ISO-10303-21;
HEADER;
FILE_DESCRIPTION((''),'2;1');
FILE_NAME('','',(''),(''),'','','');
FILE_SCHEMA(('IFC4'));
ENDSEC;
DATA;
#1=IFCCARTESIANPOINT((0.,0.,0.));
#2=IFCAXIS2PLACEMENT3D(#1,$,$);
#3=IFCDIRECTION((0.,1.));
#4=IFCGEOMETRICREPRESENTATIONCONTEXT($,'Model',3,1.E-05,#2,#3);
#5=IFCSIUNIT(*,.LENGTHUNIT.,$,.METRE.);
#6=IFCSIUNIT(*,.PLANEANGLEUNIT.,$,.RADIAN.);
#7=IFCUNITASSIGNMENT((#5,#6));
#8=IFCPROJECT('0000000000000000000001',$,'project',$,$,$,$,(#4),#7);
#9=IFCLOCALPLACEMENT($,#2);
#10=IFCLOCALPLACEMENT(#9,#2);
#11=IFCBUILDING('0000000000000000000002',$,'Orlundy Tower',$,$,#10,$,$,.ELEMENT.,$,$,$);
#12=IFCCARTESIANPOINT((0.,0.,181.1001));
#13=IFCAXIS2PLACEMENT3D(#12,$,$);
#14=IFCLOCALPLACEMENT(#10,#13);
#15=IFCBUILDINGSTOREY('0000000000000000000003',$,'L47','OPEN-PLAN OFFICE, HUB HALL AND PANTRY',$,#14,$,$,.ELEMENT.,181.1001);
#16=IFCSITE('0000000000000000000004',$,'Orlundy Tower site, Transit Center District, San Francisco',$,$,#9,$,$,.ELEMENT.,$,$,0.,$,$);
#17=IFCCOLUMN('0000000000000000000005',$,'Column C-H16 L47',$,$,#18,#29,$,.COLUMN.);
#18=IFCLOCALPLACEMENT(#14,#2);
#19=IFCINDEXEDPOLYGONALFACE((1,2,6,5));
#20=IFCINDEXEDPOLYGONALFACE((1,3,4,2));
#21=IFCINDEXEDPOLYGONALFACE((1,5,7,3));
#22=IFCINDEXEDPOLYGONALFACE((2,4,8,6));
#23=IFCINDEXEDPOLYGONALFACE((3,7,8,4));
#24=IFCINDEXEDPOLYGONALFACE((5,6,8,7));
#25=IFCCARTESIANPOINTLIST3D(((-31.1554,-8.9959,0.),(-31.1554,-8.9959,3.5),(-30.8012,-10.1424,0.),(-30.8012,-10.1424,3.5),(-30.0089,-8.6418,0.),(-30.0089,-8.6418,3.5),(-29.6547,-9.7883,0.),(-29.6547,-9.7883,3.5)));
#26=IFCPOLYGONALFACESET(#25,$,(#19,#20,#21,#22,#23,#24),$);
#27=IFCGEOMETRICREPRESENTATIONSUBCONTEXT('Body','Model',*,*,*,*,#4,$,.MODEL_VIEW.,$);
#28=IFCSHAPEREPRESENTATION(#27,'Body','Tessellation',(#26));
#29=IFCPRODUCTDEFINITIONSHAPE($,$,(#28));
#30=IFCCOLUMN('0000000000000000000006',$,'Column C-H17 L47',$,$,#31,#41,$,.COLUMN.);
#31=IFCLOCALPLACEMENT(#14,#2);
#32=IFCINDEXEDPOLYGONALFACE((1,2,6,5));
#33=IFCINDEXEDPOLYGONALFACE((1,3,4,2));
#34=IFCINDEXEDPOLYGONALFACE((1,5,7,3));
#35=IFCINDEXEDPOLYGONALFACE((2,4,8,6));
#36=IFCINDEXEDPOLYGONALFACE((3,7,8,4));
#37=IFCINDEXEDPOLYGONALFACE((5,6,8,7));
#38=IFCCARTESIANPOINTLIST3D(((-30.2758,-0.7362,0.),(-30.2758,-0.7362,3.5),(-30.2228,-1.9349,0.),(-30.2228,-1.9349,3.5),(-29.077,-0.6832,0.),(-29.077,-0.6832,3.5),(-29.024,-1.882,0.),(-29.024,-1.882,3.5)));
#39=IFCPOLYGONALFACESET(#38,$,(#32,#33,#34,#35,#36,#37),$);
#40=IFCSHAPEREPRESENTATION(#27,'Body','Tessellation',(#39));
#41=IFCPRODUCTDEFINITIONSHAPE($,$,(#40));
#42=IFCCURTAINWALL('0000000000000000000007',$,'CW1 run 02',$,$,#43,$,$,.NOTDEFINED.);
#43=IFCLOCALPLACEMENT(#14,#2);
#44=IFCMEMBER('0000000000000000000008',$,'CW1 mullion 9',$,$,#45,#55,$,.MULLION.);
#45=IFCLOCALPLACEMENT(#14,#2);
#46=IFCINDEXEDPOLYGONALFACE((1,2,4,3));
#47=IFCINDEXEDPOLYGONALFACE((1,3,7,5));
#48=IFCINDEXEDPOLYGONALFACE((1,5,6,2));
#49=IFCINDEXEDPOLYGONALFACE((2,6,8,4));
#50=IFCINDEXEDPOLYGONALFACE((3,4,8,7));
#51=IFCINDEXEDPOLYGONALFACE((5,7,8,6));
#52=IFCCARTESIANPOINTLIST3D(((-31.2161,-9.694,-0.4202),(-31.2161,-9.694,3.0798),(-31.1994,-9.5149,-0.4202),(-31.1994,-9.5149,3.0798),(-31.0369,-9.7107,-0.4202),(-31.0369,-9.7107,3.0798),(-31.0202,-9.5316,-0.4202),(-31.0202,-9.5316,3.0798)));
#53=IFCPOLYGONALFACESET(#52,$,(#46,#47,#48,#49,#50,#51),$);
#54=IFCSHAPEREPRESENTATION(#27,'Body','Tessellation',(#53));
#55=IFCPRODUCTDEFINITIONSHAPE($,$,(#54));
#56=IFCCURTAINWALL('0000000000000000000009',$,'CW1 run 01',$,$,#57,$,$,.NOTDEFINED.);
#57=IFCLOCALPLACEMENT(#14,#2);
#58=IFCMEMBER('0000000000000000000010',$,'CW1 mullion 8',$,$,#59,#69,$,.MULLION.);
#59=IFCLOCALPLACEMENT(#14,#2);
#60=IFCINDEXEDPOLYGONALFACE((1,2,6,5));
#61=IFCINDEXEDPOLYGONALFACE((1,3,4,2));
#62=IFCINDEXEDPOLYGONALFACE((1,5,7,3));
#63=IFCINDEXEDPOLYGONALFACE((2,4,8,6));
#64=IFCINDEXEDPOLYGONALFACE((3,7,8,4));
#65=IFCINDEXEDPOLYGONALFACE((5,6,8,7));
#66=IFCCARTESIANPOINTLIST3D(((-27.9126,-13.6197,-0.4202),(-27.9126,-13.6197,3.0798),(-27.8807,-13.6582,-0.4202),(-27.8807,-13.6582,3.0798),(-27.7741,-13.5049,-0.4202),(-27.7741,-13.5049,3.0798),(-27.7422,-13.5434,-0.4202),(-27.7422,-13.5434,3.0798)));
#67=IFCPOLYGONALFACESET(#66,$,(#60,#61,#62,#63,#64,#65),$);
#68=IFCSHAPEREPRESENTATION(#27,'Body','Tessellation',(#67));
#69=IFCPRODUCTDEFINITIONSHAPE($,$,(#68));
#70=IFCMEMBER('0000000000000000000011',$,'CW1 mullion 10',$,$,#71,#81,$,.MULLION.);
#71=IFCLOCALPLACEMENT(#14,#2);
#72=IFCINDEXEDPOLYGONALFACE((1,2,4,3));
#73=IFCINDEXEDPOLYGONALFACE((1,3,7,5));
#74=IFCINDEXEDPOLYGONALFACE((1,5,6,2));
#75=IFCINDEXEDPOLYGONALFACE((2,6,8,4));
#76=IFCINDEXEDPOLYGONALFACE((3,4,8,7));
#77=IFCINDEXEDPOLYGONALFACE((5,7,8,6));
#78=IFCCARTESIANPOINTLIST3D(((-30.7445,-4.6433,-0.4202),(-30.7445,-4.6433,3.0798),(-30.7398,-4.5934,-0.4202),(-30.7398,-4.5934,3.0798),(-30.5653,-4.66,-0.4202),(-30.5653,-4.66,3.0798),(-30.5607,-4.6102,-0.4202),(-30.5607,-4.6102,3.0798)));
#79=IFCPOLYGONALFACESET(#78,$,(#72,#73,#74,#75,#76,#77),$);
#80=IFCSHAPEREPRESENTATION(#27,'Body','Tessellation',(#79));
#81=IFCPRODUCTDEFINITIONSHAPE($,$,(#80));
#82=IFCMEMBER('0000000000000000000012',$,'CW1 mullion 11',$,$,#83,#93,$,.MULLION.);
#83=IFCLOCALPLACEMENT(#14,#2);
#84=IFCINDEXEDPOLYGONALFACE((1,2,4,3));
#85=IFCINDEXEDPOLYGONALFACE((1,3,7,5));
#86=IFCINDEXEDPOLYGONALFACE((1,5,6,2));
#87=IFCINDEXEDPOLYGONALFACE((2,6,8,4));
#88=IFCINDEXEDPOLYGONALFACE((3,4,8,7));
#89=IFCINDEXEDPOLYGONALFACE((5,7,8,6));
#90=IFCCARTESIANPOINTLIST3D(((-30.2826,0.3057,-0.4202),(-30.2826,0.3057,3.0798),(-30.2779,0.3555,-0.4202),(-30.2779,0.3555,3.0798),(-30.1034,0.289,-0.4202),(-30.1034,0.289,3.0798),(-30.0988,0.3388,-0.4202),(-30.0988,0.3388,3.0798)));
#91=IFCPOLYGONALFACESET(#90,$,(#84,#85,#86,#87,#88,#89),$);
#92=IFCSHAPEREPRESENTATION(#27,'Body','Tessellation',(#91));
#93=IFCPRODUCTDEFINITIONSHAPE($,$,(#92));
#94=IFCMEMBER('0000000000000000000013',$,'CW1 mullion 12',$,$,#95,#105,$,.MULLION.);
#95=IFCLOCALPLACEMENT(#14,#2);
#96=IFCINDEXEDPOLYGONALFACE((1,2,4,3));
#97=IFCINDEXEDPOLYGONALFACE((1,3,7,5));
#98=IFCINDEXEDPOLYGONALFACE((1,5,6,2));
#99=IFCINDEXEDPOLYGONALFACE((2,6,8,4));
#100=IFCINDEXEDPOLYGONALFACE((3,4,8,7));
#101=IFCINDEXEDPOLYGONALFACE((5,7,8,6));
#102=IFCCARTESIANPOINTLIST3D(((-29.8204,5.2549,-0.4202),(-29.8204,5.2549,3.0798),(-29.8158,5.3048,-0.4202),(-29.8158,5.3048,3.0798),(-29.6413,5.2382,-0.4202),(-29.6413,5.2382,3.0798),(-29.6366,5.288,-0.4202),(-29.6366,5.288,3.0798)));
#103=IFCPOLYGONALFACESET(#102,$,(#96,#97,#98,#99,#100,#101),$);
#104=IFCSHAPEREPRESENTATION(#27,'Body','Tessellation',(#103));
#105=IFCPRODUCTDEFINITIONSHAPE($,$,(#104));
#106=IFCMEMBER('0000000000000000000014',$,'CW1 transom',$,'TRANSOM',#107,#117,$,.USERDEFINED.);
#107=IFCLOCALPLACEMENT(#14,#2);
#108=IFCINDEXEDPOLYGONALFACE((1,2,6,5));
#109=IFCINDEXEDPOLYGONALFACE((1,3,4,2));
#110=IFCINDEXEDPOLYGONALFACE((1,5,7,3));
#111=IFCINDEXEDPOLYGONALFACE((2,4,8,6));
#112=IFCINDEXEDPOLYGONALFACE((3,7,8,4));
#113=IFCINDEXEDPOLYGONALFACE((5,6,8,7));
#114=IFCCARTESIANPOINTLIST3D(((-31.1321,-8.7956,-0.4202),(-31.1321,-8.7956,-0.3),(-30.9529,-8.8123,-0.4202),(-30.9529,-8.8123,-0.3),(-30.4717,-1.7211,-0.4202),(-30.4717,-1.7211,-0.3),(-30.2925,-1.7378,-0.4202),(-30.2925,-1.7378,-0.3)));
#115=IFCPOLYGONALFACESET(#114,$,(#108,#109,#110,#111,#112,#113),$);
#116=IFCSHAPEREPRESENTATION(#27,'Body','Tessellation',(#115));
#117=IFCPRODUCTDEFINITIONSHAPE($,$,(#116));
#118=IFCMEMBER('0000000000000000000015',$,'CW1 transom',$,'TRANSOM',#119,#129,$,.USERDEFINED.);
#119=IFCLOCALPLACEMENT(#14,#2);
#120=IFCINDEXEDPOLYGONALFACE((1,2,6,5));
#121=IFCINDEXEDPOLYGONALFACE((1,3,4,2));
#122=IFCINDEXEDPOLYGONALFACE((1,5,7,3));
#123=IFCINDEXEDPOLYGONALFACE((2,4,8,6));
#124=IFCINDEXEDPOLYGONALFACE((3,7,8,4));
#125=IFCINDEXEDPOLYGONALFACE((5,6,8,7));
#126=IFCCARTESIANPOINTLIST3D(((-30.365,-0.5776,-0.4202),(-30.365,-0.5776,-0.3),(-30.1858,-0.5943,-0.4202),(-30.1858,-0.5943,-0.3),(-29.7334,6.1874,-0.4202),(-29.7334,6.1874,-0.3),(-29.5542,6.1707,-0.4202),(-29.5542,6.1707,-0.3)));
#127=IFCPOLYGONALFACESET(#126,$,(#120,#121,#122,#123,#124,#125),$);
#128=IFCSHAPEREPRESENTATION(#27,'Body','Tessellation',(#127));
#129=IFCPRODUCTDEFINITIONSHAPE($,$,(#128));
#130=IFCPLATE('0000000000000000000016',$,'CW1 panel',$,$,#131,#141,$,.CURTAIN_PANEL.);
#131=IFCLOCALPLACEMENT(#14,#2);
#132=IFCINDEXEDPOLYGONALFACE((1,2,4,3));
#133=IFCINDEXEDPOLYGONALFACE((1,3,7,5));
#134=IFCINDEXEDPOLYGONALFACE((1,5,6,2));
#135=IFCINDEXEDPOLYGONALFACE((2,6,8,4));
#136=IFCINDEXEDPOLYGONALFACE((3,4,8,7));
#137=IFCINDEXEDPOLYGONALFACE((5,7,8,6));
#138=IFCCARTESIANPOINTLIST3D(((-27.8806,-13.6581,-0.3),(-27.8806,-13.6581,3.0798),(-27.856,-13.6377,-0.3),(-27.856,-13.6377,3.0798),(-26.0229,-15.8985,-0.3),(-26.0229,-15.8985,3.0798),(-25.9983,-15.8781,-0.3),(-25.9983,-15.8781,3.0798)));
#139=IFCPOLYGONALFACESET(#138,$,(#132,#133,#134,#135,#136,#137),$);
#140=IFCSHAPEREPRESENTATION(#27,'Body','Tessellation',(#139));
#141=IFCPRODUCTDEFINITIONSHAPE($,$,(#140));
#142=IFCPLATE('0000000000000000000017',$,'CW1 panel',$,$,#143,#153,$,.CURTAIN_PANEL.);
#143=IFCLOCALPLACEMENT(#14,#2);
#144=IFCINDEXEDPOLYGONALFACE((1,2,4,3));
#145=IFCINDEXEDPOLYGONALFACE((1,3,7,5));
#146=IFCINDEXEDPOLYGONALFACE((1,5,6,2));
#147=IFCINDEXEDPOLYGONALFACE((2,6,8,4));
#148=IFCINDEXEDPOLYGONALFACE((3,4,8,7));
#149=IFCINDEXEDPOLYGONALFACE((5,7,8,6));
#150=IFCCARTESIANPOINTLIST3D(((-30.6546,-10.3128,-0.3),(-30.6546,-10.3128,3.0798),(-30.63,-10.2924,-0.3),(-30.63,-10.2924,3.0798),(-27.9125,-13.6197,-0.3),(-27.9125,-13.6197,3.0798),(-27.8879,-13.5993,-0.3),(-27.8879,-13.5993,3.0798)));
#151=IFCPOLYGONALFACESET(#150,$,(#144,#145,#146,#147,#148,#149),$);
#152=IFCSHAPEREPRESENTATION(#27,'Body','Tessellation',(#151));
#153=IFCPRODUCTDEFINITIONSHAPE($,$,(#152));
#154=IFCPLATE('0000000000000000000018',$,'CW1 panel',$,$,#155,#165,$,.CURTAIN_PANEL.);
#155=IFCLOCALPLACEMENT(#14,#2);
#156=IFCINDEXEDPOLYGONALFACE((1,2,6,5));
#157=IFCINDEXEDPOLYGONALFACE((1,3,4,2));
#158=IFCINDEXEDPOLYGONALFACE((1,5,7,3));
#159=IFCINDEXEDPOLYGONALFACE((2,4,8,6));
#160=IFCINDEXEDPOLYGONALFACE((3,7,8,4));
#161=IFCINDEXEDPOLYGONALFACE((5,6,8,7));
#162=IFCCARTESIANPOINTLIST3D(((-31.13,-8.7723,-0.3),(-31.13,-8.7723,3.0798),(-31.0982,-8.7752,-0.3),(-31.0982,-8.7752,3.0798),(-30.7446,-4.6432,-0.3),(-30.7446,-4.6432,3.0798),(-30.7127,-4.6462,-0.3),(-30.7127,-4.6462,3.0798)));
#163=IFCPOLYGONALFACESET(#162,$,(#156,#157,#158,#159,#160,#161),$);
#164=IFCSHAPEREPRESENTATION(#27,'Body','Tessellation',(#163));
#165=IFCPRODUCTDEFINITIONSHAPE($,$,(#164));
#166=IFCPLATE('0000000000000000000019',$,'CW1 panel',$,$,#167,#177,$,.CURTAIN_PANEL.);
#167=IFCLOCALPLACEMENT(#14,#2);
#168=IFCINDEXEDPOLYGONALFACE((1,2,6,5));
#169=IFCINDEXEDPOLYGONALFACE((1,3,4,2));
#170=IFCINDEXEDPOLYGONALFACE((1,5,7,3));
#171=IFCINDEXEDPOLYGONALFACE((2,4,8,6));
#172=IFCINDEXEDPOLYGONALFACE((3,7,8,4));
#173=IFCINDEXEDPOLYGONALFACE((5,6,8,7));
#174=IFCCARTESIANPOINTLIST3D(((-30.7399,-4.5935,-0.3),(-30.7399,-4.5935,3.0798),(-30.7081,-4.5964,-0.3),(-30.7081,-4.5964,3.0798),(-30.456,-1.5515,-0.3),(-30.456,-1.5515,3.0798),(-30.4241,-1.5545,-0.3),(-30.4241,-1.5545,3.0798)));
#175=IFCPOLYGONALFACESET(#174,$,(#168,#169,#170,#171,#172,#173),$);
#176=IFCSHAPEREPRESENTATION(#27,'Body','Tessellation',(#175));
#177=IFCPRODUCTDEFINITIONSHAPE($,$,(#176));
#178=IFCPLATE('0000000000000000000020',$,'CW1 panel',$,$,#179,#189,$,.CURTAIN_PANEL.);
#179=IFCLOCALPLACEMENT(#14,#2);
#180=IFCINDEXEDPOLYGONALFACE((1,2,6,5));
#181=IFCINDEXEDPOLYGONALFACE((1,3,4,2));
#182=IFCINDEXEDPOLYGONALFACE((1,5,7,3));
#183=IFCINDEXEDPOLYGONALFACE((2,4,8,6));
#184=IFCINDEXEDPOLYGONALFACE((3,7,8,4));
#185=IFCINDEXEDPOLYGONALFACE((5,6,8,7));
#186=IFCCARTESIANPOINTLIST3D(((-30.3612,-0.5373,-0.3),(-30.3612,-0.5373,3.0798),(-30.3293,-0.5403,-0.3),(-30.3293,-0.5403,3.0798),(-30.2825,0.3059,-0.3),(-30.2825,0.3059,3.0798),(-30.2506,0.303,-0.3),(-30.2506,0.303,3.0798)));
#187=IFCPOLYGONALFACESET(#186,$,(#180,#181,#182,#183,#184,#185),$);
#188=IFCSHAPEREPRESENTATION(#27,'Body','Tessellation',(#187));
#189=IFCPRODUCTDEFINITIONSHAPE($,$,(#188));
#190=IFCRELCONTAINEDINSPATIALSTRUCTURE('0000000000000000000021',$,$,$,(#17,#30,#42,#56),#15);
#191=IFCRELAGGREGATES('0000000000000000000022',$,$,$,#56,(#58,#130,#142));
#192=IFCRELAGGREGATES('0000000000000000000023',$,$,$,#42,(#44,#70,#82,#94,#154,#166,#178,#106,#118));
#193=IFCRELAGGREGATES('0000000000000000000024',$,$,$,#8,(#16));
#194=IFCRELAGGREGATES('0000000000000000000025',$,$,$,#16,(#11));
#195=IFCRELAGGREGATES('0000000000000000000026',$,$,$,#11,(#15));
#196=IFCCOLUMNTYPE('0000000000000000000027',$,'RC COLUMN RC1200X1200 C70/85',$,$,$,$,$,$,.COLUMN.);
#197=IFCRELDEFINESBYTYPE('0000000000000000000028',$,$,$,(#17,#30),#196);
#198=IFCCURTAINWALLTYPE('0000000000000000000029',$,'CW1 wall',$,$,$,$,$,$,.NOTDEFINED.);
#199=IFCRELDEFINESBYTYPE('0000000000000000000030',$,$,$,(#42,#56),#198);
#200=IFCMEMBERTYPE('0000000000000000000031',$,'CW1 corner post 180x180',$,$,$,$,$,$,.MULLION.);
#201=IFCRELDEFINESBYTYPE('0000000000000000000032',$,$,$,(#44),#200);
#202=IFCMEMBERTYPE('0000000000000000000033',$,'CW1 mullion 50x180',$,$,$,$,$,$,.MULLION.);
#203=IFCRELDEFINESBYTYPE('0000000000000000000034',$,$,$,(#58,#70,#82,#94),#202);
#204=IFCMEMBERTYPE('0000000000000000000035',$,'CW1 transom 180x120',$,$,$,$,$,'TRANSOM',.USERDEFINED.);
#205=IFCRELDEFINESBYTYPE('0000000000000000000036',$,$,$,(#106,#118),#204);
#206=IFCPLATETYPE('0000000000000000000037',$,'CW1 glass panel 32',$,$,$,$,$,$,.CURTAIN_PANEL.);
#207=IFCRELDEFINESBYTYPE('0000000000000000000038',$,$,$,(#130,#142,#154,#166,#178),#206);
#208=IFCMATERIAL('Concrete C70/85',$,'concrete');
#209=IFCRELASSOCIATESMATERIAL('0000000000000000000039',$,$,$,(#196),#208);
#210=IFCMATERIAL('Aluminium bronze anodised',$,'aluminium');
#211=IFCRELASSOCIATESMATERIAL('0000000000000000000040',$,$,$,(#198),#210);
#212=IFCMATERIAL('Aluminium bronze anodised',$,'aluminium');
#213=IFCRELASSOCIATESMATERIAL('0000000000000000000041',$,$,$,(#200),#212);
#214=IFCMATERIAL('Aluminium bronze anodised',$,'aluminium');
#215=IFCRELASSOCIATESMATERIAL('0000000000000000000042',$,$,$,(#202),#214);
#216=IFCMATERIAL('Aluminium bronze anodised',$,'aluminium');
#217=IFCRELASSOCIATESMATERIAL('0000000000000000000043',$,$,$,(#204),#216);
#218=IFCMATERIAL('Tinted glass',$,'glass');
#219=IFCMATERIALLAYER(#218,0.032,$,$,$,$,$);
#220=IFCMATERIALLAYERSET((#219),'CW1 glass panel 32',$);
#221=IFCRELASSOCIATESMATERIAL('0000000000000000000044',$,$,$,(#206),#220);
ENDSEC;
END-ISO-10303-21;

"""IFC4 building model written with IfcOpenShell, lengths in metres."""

from ifc_helpers import new_model, si_unit, direction, frame, origin, origin_2d, place, context, subcontext, project, spatial, rectangle, extrude, material, layer, layer_set, material_profile, profile_set, type_object, element, aggregate, save


model = new_model("IFC4")

# Units and contexts
model_context = context("Model", 3, precision=1e-05, world=origin(), true_north=direction((0.0, 1.0)))
body_context = subcontext(model_context, "Body", "Model", "MODEL_VIEW")
ifc_project = project(units=[si_unit("LENGTHUNIT", "METRE"), si_unit("PLANEANGLEUNIT", "RADIAN")], contexts=[model_context])

# Site, building, storey
site_placement = place(None, origin())
site = spatial("IfcSite", under=ifc_project, at=site_placement, Name="Orlundy Tower site, Transit Center District, San Francisco", CompositionType="ELEMENT", RefElevation=0.0)
building_placement = place(site_placement, origin())
building = spatial("IfcBuilding", under=site, at=building_placement, Name="Orlundy Tower", CompositionType="ELEMENT")
storey_placement = place(building_placement, frame((0.0, 0.0, 181.1001)))
storey = spatial("IfcBuildingStorey", under=building, at=storey_placement, Name="L47", Description="OPEN-PLAN OFFICE, HUB HALL AND PANTRY", CompositionType="ELEMENT", Elevation=181.1001)

# Columns
ifc_material_1 = material(Name="Concrete C70/85", Category="concrete")
ifc_material_profile_1 = material_profile(ifc_material_1, rectangle(XDim=1.2, YDim=1.2, at=origin_2d()), Name="RC1200X1200")
ifc_profile_set_1 = profile_set([ifc_material_profile_1], Name="Concrete C70/85")
column_type = type_object("IfcColumnType", Name="RC COLUMN RC1200X1200 C70/85", PredefinedType="COLUMN", material=ifc_profile_set_1)
for number, where, z_axis, x_axis, name in (
    (1, (-30.405, -9.3921, 0.0), (0.0, 0.0, 1.0), (-0.955454, -0.295141, 0.0), "Column C-H16 L47"),
    (2, (-29.6499, -1.3091, 0.0), (0.0, 0.0, 1.0), (-0.999027, -0.044108, 0.0), "Column C-H17 L47"),
):
    element("IfcColumn", number, at=place(storey_placement, frame(where, z_axis=z_axis, x_axis=x_axis)), inside=storey, type_object=column_type, Name=name, PredefinedType="COLUMN", context=body_context, shape_type="SweptSolid", body=[
        extrude(rectangle(XDim=1.2, YDim=1.2, at=origin_2d()), origin(), (0.0, 0.0, 1.0), 3.5),
    ])

# Curtain walls, members
ifc_material_2 = material(Name="Aluminium bronze anodised", Category="aluminium")
curtain_wall_type = type_object("IfcCurtainWallType", Name="CW1 wall", PredefinedType="NOTDEFINED", material=ifc_material_2)
curtain_wall_1_placement = place(storey_placement, origin())
curtain_wall_1 = element("IfcCurtainWall", 3, at=curtain_wall_1_placement, inside=storey, type_object=curtain_wall_type, Name="CW1 run 02", PredefinedType="NOTDEFINED")
ifc_material_3 = material(Name="Aluminium bronze anodised", Category="aluminium")
ifc_material_profile_2 = material_profile(ifc_material_3, rectangle(XDim=0.1799, YDim=0.1799, at=origin_2d()), Name="CW1 corner post 180x180")
ifc_profile_set_2 = profile_set([ifc_material_profile_2], Name="Aluminium bronze anodised")
member_type_1 = type_object("IfcMemberType", Name="CW1 corner post 180x180", PredefinedType="MULLION", material=ifc_profile_set_2)
member_1_placement = place(storey_placement, frame((-31.1182, -9.6128, -0.4202), z_axis=(0.0, 0.0, 1.0), x_axis=(-0.995671, 0.092948, 0.0)))
member_1 = element("IfcMember", 4, at=member_1_placement, type_object=member_type_1, Name="CW1 mullion 9", PredefinedType="MULLION", context=body_context, shape_type="SweptSolid", body=[
    extrude(rectangle(XDim=0.1799, YDim=0.1799, at=origin_2d()), origin(), (0.0, 0.0, 1.0), 3.5),
])
curtain_wall_2_placement = place(storey_placement, origin())
curtain_wall_2 = element("IfcCurtainWall", 5, at=curtain_wall_2_placement, inside=storey, type_object=curtain_wall_type, Name="CW1 run 01", PredefinedType="NOTDEFINED")
ifc_material_4 = material(Name="Aluminium bronze anodised", Category="aluminium")
ifc_material_profile_3 = material_profile(ifc_material_4, rectangle(XDim=0.1799, YDim=0.05, at=origin_2d()), Name="CW1 mullion 50x180")
ifc_profile_set_3 = profile_set([ifc_material_profile_3], Name="Aluminium bronze anodised")
member_type_2 = type_object("IfcMemberType", Name="CW1 mullion 50x180", PredefinedType="MULLION", material=ifc_profile_set_3)
member_2_placement = place(storey_placement, frame((-27.8274, -13.5815, -0.4202), z_axis=(0.0, 0.0, 1.0), x_axis=(-0.769788, -0.638299, 0.0)))
member_2 = element("IfcMember", 6, at=member_2_placement, type_object=member_type_2, Name="CW1 mullion 8", PredefinedType="MULLION", context=body_context, shape_type="SweptSolid", body=[
    extrude(rectangle(XDim=0.1799, YDim=0.05, at=origin_2d()), origin(), (0.0, 0.0, 1.0), 3.5),
])

# Members
member_3_placement = place(storey_placement, frame((-30.6526, -4.6267, -0.4202), z_axis=(0.0, 0.0, 1.0), x_axis=(-0.995671, 0.092948, 0.0)))
member_3 = element("IfcMember", 7, at=member_3_placement, type_object=member_type_2, Name="CW1 mullion 10", PredefinedType="MULLION", context=body_context, shape_type="SweptSolid", body=[
    extrude(rectangle(XDim=0.1799, YDim=0.05, at=origin_2d()), origin(), (0.0, 0.0, 1.0), 3.5),
])
member_4_placement = place(storey_placement, frame((-30.1907, 0.3223, -0.4202), z_axis=(0.0, 0.0, 1.0), x_axis=(-0.995671, 0.092948, 0.0)))
member_4 = element("IfcMember", 8, at=member_4_placement, type_object=member_type_2, Name="CW1 mullion 11", PredefinedType="MULLION", context=body_context, shape_type="SweptSolid", body=[
    extrude(rectangle(XDim=0.1799, YDim=0.05, at=origin_2d()), origin(), (0.0, 0.0, 1.0), 3.5),
])
member_5_placement = place(storey_placement, frame((-29.7285, 5.2715, -0.4202), z_axis=(0.0, 0.0, 1.0), x_axis=(-0.995671, 0.092948, 0.0)))
member_5 = element("IfcMember", 9, at=member_5_placement, type_object=member_type_2, Name="CW1 mullion 12", PredefinedType="MULLION", context=body_context, shape_type="SweptSolid", body=[
    extrude(rectangle(XDim=0.1799, YDim=0.05, at=origin_2d()), origin(), (0.0, 0.0, 1.0), 3.5),
])
ifc_material_5 = material(Name="Aluminium bronze anodised", Category="aluminium")
ifc_material_profile_4 = material_profile(ifc_material_5, rectangle(XDim=0.1799, YDim=0.1201, at=origin_2d()), Name="CW1 transom 180x120")
ifc_profile_set_4 = profile_set([ifc_material_profile_4], Name="Aluminium bronze anodised")
member_type_3 = type_object("IfcMemberType", Name="CW1 transom 180x120", ElementType="TRANSOM", PredefinedType="USERDEFINED", material=ifc_profile_set_4)
member_6_placement = place(storey_placement, frame((-31.0425, -8.804, -0.3601), z_axis=(0.092946, 0.995671, 0.0), x_axis=(-0.995671, 0.092946, 0.0)))
member_6 = element("IfcMember", 10, at=member_6_placement, type_object=member_type_3, Name="CW1 transom", ObjectType="TRANSOM", PredefinedType="USERDEFINED", context=body_context, shape_type="SweptSolid", body=[
    extrude(rectangle(XDim=0.1799, YDim=0.1201, at=origin_2d()), origin(), (0.0, 0.0, 1.0), 7.1052),
])
member_7_placement = place(storey_placement, frame((-30.2754, -0.5859, -0.3601), z_axis=(0.092956, 0.99567, 0.0), x_axis=(-0.99567, 0.092956, 0.0)))
member_7 = element("IfcMember", 11, at=member_7_placement, type_object=member_type_3, Name="CW1 transom", ObjectType="TRANSOM", PredefinedType="USERDEFINED", context=body_context, shape_type="SweptSolid", body=[
    extrude(rectangle(XDim=0.1799, YDim=0.1201, at=origin_2d()), origin(), (0.0, 0.0, 1.0), 6.7944),
])

# Plates
ifc_material_6 = material(Name="Tinted glass", Category="glass")
ifc_layer_1 = layer(ifc_material_6, 0.032)
ifc_layer_set_1 = layer_set([ifc_layer_1], Name="CW1 glass panel 32")
plate_type = type_object("IfcPlateType", Name="CW1 glass panel 32", PredefinedType="CURTAIN_PANEL", material=ifc_layer_set_1)
plate_1_placement = place(storey_placement, frame((-26.9395, -14.7681, -0.3), z_axis=(0.0, 0.0, 1.0), x_axis=(-0.638299, 0.769788, 0.0)))
plate_1 = element("IfcPlate", 12, at=plate_1_placement, type_object=plate_type, Name="CW1 panel", PredefinedType="CURTAIN_PANEL", context=body_context, shape_type="SweptSolid", body=[
    extrude(rectangle(XDim=2.9104, YDim=0.032, at=origin_2d()), origin(), (0.0, 0.0, 1.0), 3.3799),
])
plate_2_placement = place(storey_placement, frame((-29.2712, -11.9561, -0.3), z_axis=(0.0, 0.0, 1.0), x_axis=(-0.638299, 0.769788, 0.0)))
plate_2 = element("IfcPlate", 13, at=plate_2_placement, type_object=plate_type, Name="CW1 panel", PredefinedType="CURTAIN_PANEL", context=body_context, shape_type="SweptSolid", body=[
    extrude(rectangle(XDim=4.2959, YDim=0.032, at=origin_2d()), origin(), (0.0, 0.0, 1.0), 3.3799),
])
aggregate(curtain_wall_2, [member_2, plate_1, plate_2])
plate_3_placement = place(storey_placement, frame((-30.9214, -6.7092, -0.3), z_axis=(0.0, 0.0, 1.0), x_axis=(0.092948, 0.995671, 0.0)))
plate_3 = element("IfcPlate", 14, at=plate_3_placement, type_object=plate_type, Name="CW1 panel", PredefinedType="CURTAIN_PANEL", context=body_context, shape_type="SweptSolid", body=[
    extrude(rectangle(XDim=4.147, YDim=0.032, at=origin_2d()), origin(), (0.0, 0.0, 1.0), 3.3799),
])
plate_4_placement = place(storey_placement, frame((-30.582, -3.074, -0.3), z_axis=(0.0, 0.0, 1.0), x_axis=(0.092948, 0.995671, 0.0)))
plate_4 = element("IfcPlate", 15, at=plate_4_placement, type_object=plate_type, Name="CW1 panel", PredefinedType="CURTAIN_PANEL", context=body_context, shape_type="SweptSolid", body=[
    extrude(rectangle(XDim=3.0552, YDim=0.032, at=origin_2d()), origin(), (0.0, 0.0, 1.0), 3.3799),
])
plate_5_placement = place(storey_placement, frame((-30.3059, -0.1172, -0.3), z_axis=(0.0, 0.0, 1.0), x_axis=(0.092948, 0.995671, 0.0)))
plate_5 = element("IfcPlate", 16, at=plate_5_placement, type_object=plate_type, Name="CW1 panel", PredefinedType="CURTAIN_PANEL", context=body_context, shape_type="SweptSolid", body=[
    extrude(rectangle(XDim=0.8469, YDim=0.032, at=origin_2d()), origin(), (0.0, 0.0, 1.0), 3.3799),
])
aggregate(curtain_wall_1, [member_1, member_3, member_4, member_5, plate_3, plate_4, plate_5, member_6, member_7])

save(model, "model.ifc")
